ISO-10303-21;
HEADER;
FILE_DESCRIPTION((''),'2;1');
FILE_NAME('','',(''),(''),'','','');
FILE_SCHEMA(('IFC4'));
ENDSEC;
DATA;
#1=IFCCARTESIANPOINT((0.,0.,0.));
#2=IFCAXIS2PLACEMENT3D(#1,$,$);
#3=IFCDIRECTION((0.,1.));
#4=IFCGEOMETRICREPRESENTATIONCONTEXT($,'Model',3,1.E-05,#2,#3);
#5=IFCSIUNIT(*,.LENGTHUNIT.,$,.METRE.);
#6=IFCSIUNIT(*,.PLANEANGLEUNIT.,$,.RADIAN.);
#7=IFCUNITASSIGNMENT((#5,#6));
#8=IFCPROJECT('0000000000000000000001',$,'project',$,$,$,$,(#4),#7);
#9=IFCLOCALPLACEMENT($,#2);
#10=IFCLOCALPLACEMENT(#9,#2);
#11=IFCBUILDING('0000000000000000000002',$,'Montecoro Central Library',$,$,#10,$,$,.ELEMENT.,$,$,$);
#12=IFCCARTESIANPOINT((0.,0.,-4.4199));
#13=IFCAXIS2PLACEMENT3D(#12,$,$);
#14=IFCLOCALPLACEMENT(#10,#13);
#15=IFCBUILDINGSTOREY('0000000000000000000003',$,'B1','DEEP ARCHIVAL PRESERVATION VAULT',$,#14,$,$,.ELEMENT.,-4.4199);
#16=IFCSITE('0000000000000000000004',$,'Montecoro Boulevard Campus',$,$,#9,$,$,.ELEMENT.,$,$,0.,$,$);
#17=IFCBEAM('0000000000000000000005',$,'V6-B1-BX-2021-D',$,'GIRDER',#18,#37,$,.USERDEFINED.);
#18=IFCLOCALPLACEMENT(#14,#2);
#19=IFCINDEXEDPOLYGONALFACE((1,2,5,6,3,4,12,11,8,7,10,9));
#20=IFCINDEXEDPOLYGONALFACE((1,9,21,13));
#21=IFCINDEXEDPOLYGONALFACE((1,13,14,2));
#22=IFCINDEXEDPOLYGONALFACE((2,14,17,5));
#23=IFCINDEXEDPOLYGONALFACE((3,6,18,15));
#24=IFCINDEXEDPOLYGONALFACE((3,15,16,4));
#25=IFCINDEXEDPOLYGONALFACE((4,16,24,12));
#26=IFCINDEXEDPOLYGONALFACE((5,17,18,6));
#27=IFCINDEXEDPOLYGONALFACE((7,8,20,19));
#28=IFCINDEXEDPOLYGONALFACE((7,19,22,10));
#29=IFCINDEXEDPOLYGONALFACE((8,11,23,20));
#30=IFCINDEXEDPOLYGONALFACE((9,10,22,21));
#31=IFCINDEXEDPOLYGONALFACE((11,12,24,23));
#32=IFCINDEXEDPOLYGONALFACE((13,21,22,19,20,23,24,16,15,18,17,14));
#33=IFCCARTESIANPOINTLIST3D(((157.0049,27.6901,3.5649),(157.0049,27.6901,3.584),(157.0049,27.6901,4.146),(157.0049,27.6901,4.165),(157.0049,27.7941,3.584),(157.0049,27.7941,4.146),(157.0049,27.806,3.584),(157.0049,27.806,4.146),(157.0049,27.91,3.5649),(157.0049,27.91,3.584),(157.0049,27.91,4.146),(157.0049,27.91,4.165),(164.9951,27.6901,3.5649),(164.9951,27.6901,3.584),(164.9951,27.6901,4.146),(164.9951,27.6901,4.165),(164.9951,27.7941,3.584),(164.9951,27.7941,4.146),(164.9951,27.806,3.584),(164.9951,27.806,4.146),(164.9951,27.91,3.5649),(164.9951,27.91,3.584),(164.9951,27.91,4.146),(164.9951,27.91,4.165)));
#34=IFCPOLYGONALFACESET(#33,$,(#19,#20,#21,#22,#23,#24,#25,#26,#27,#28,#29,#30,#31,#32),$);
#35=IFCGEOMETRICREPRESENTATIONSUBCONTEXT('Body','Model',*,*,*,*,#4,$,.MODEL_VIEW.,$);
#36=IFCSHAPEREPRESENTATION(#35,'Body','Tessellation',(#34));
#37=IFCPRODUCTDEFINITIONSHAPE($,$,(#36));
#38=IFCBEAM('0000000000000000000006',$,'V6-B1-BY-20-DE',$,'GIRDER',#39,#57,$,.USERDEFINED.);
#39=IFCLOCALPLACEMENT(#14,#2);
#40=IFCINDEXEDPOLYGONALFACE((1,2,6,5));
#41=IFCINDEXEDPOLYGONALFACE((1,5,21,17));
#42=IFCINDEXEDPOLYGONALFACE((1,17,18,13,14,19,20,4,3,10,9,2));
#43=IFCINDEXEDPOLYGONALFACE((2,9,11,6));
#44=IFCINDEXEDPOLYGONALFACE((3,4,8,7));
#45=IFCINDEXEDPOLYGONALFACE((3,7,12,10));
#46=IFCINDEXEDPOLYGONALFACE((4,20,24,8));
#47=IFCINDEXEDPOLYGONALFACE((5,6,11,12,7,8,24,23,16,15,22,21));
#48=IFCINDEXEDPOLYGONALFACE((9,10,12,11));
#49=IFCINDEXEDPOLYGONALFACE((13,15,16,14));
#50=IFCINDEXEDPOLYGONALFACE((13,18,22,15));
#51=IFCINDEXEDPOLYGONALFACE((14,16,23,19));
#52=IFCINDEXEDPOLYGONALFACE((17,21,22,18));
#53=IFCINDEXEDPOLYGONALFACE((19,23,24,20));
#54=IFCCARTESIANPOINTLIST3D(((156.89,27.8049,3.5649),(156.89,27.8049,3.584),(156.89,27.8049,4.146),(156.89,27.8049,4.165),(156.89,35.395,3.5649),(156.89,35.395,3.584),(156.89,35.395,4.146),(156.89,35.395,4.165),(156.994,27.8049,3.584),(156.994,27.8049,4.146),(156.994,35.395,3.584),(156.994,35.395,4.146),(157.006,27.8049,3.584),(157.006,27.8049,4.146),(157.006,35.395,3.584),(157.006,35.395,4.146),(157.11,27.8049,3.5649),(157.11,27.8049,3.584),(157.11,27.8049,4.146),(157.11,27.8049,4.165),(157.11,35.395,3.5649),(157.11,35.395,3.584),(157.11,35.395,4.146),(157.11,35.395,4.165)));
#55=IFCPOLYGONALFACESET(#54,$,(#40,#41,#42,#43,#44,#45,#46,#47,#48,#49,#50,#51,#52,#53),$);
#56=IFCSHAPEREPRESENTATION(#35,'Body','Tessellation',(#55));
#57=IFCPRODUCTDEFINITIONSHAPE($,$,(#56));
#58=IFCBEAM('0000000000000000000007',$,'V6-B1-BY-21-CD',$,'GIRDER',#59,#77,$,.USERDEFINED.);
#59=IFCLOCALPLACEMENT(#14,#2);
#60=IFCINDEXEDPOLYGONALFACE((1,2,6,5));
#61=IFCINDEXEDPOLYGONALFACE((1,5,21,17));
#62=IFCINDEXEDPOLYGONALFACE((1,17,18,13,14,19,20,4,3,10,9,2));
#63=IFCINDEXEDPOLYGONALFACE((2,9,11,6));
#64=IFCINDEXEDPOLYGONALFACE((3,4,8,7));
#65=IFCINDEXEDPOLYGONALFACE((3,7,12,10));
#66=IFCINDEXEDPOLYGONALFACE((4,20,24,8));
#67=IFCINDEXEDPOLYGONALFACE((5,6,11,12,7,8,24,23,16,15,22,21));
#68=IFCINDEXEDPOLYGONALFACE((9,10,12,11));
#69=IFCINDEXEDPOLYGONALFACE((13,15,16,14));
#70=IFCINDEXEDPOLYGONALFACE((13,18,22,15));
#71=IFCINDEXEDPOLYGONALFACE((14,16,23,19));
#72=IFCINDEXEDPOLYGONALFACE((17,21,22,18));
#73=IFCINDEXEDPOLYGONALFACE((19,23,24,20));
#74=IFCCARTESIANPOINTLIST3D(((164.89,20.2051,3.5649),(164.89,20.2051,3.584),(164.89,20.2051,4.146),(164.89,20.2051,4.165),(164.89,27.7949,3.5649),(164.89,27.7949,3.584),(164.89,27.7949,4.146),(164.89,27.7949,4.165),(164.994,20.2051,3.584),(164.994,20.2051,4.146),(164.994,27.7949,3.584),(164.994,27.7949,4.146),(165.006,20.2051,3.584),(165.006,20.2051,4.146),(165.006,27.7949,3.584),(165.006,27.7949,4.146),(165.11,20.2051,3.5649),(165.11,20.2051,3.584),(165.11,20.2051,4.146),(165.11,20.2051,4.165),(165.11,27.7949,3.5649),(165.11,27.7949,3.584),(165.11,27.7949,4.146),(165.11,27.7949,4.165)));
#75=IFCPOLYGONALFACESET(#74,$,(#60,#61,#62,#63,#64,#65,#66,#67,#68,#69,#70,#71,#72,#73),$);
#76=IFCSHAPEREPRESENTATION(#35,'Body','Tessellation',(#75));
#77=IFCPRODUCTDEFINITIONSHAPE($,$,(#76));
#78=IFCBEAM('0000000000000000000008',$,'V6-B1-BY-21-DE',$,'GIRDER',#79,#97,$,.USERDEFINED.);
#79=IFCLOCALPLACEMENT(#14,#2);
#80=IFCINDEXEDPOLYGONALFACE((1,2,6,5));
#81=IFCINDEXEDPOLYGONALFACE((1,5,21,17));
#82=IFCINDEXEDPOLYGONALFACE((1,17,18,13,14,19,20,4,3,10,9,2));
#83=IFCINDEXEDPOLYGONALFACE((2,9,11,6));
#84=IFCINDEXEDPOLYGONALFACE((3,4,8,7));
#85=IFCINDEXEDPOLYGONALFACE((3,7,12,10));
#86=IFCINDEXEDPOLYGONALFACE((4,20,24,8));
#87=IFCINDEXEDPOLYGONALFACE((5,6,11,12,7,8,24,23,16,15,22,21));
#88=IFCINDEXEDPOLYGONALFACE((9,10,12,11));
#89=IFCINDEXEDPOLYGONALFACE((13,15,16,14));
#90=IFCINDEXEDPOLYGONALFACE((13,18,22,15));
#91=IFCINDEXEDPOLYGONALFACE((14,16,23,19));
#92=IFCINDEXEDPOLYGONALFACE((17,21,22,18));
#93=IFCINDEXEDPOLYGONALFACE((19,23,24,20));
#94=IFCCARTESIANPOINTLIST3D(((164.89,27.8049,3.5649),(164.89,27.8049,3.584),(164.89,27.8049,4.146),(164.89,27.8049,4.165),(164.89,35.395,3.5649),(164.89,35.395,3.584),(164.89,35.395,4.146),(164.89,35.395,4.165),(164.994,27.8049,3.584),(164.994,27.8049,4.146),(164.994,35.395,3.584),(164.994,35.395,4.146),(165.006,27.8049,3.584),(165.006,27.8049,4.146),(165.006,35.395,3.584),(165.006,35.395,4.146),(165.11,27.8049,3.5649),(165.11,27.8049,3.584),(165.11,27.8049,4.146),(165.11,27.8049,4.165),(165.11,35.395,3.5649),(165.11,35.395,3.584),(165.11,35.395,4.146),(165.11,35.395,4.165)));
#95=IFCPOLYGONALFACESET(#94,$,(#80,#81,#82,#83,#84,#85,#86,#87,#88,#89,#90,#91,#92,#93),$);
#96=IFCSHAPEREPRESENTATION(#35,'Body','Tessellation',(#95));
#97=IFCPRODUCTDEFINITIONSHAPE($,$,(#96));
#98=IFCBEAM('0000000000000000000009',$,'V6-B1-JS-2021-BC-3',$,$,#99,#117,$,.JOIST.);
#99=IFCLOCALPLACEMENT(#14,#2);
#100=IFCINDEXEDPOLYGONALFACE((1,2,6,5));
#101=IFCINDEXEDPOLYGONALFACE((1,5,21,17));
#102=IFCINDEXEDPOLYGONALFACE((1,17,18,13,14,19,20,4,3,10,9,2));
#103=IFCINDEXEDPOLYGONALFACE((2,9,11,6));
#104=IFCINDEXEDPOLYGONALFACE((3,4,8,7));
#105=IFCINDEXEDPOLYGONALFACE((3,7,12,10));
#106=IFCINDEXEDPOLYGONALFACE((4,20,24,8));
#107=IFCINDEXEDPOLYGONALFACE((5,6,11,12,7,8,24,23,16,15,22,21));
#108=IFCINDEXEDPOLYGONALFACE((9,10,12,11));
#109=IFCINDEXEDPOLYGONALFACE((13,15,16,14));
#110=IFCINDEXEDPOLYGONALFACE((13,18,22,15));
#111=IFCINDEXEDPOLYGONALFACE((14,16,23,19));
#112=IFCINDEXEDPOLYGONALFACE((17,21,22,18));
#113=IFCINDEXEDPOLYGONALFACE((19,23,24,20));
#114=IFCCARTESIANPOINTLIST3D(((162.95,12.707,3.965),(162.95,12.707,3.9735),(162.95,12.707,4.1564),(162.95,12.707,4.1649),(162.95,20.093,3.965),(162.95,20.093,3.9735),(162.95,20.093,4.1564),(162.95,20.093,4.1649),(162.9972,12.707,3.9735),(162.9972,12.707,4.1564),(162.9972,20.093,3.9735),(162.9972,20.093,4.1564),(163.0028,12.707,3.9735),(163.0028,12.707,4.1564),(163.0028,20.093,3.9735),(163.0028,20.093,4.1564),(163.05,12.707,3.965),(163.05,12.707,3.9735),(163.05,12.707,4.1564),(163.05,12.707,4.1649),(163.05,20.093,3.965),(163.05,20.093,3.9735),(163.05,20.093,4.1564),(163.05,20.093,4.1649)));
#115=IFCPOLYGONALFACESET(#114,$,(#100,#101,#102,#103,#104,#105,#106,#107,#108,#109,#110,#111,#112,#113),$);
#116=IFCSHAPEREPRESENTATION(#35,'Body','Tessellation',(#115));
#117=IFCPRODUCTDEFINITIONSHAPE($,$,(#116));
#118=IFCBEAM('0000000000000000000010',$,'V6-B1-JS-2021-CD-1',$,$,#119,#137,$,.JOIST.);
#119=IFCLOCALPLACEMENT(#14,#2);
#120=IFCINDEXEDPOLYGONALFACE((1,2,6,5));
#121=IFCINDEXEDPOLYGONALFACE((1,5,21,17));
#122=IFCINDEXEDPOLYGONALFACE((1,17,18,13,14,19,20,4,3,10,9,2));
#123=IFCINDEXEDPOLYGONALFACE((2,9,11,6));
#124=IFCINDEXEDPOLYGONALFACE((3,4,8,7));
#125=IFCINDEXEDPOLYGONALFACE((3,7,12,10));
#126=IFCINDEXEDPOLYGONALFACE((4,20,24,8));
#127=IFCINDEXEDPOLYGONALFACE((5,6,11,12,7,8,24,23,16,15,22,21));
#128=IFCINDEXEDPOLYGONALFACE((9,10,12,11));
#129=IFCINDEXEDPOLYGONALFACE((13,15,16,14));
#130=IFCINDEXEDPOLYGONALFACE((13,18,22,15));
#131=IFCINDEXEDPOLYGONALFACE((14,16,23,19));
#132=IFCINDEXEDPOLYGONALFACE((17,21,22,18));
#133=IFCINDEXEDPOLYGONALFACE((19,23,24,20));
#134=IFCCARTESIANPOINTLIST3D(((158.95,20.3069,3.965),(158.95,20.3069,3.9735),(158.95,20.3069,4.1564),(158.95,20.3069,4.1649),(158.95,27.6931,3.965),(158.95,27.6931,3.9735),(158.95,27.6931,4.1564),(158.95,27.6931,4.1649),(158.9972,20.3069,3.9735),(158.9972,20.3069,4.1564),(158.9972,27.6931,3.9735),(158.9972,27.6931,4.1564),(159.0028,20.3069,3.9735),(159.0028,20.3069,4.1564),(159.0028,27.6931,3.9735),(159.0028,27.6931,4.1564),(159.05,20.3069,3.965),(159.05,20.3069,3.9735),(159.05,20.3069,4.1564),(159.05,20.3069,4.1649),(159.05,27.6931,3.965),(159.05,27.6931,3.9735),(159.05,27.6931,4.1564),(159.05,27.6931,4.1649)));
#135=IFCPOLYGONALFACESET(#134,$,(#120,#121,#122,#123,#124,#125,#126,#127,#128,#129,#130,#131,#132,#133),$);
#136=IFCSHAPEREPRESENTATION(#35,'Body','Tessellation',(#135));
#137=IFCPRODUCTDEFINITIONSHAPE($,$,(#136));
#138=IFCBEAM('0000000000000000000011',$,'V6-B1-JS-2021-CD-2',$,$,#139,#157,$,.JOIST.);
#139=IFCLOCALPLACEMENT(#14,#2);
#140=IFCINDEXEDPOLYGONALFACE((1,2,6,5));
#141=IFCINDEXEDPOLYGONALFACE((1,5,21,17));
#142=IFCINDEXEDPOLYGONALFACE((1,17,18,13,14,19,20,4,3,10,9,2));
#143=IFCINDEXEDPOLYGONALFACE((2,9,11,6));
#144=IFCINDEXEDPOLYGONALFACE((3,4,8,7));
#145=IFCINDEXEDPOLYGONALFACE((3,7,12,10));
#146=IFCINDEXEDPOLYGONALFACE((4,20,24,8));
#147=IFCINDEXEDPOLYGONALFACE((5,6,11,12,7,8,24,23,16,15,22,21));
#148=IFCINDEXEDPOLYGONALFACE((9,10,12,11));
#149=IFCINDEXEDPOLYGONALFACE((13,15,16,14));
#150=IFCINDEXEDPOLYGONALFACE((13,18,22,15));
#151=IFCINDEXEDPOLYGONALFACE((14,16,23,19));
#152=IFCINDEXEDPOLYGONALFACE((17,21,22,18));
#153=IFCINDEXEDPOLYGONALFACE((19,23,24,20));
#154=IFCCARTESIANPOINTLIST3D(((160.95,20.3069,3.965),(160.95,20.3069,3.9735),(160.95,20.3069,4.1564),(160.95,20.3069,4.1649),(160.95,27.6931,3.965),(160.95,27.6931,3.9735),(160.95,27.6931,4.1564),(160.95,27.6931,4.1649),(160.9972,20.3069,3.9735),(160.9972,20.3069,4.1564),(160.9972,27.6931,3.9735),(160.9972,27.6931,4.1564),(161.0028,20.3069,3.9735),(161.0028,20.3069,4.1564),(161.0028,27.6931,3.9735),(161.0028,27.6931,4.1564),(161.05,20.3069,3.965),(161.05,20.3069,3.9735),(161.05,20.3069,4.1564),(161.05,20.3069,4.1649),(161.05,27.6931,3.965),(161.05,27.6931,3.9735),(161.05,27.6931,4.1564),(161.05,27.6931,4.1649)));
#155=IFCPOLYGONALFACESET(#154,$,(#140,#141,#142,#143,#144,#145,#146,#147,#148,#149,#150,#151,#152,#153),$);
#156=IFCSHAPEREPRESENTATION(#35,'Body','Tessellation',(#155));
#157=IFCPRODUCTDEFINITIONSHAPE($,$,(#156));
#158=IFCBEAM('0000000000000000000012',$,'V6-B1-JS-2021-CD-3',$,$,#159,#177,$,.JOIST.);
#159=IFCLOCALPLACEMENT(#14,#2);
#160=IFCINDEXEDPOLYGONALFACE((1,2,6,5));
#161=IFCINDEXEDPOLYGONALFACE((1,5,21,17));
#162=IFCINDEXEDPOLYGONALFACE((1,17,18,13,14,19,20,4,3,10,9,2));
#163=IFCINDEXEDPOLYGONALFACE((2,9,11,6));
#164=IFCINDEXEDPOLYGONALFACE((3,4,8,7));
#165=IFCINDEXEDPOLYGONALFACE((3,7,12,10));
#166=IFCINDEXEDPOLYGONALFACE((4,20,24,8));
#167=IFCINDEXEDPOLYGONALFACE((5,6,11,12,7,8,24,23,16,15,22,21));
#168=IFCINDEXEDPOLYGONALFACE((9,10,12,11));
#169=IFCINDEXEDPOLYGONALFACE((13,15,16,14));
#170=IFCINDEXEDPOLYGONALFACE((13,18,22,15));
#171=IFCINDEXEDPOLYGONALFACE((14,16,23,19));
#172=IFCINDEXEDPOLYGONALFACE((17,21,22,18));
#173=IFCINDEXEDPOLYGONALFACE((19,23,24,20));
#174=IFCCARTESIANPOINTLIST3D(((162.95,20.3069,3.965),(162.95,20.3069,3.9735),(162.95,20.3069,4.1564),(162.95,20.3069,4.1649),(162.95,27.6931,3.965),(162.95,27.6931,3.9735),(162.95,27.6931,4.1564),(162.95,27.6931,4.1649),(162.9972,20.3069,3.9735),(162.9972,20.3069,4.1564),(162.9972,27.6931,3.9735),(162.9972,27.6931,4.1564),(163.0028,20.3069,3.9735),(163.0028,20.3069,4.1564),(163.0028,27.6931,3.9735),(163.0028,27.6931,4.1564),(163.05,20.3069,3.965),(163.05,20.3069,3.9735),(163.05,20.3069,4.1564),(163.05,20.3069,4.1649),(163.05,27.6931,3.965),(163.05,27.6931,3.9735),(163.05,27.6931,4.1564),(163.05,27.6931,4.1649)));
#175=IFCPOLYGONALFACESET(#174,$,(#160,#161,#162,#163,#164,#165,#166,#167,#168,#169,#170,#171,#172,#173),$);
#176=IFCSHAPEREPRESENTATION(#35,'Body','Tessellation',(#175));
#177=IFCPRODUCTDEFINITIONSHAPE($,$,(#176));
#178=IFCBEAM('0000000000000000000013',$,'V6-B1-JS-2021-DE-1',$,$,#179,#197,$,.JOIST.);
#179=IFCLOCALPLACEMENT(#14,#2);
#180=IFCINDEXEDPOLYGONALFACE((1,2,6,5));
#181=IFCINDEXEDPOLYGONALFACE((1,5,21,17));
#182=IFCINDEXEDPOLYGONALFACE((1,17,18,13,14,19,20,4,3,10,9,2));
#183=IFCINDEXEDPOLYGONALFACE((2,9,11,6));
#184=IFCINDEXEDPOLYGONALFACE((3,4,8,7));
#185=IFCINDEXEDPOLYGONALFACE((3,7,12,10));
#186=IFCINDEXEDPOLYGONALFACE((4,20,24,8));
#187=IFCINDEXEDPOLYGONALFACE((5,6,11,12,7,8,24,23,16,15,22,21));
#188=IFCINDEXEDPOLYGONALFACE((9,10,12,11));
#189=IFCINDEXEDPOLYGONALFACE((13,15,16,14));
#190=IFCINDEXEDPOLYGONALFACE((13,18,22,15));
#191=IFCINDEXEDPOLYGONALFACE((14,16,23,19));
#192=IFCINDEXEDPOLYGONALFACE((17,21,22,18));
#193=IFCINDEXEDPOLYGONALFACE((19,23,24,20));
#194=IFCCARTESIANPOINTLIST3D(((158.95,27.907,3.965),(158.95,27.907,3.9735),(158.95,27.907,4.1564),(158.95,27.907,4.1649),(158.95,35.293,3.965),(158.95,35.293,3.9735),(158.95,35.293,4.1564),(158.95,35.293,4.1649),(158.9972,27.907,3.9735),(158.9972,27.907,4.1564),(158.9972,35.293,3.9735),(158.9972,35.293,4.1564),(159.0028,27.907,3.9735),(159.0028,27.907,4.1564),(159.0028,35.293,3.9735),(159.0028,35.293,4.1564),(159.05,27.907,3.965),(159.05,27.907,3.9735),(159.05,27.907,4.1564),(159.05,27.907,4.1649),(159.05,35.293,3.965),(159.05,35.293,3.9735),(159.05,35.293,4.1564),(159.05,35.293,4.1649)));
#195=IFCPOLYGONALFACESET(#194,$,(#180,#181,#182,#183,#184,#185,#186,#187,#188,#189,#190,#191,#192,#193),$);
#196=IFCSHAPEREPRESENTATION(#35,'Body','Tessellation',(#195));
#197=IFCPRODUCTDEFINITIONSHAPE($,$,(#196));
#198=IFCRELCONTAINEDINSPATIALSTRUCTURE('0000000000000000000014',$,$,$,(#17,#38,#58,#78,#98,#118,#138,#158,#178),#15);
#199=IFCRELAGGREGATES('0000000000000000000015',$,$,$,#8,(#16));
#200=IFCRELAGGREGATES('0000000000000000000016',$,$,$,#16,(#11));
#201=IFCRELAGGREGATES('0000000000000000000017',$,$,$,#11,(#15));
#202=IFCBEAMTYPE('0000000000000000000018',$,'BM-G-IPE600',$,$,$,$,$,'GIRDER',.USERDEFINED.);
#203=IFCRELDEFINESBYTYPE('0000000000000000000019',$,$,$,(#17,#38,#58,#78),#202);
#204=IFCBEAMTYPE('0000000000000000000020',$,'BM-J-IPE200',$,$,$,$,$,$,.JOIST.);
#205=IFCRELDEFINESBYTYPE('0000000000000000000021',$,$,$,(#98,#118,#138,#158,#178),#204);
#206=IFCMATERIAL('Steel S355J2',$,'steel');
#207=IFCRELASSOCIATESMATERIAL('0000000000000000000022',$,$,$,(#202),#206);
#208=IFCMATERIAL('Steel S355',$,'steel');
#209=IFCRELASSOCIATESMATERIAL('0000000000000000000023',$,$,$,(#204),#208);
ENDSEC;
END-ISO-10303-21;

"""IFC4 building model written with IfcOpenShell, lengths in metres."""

from ifc_helpers import new_model, si_unit, direction, frame, origin, origin_2d, place, context, subcontext, project, spatial, i_section, extrude, material, material_profile, profile_set, type_object, element, save


model = new_model("IFC4")

# Units and contexts
model_context = context("Model", 3, precision=1e-05, world=origin(), true_north=direction((0.0, 1.0)))
body_context = subcontext(model_context, "Body", "Model", "MODEL_VIEW")
ifc_project = project(units=[si_unit("LENGTHUNIT", "METRE"), si_unit("PLANEANGLEUNIT", "RADIAN")], contexts=[model_context])

# Site, building, storey
site_placement = place(None, origin())
site = spatial("IfcSite", under=ifc_project, at=site_placement, Name="Montecoro Boulevard Campus", CompositionType="ELEMENT", RefElevation=0.0)
building_placement = place(site_placement, origin())
building = spatial("IfcBuilding", under=site, at=building_placement, Name="Montecoro Central Library", CompositionType="ELEMENT")
storey_placement = place(building_placement, frame((0.0, 0.0, -4.4199)))
storey = spatial("IfcBuildingStorey", under=building, at=storey_placement, Name="B1", Description="DEEP ARCHIVAL PRESERVATION VAULT", CompositionType="ELEMENT", Elevation=-4.4199)

# Shared definitions
ifc_material_1 = material(Name="Steel S355J2", Category="steel")

# Beams
ifc_material_profile_1 = material_profile(ifc_material_1, i_section(OverallWidth=0.22, OverallDepth=0.6001, WebThickness=0.012, FlangeThickness=0.019, at=origin_2d()), Name="IPE 600")
ifc_profile_set_1 = profile_set([ifc_material_profile_1], Name="Steel S355J2")
beam_type_1 = type_object("IfcBeamType", Name="BM-G-IPE600", ElementType="GIRDER", PredefinedType="USERDEFINED", material=ifc_profile_set_1)
for number, where, z_axis, x_axis, name in (
    (1, (157.0049, 27.8, 3.865), (1.0, 0.0, 0.0), (0.0, 1.0, 0.0), "V6-B1-BX-2021-D"),
):
    element("IfcBeam", number, at=place(storey_placement, frame(where, z_axis=z_axis, x_axis=x_axis)), inside=storey, type_object=beam_type_1, Name=name, ObjectType="GIRDER", PredefinedType="USERDEFINED", context=body_context, shape_type="SweptSolid", body=[
        extrude(i_section(OverallWidth=0.22, OverallDepth=0.6001, WebThickness=0.012, FlangeThickness=0.019, at=origin_2d()), origin(), (0.0, 0.0, 1.0), 7.9902),
    ])
beam_1_placement = place(storey_placement, frame((157.0, 27.8049, 3.865), z_axis=(0.0, 1.0, 0.0), x_axis=(-1.0, 0.0, 0.0)))
element("IfcBeam", 2, at=beam_1_placement, inside=storey, type_object=beam_type_1, Name="V6-B1-BY-20-DE", ObjectType="GIRDER", PredefinedType="USERDEFINED", context=body_context, shape_type="SweptSolid", body=[
    extrude(i_section(OverallWidth=0.22, OverallDepth=0.6001, WebThickness=0.012, FlangeThickness=0.019, at=origin_2d()), origin(), (0.0, 0.0, 1.0), 7.5901),
])
beam_2_placement = place(storey_placement, frame((165.0, 20.2051, 3.865), z_axis=(0.0, 1.0, 0.0), x_axis=(-1.0, 0.0, 0.0)))
element("IfcBeam", 3, at=beam_2_placement, inside=storey, type_object=beam_type_1, Name="V6-B1-BY-21-CD", ObjectType="GIRDER", PredefinedType="USERDEFINED", context=body_context, shape_type="SweptSolid", body=[
    extrude(i_section(OverallWidth=0.22, OverallDepth=0.6001, WebThickness=0.012, FlangeThickness=0.019, at=origin_2d()), origin(), (0.0, 0.0, 1.0), 7.5898),
])
beam_3_placement = place(storey_placement, frame((165.0, 27.8049, 3.865), z_axis=(0.0, 1.0, 0.0), x_axis=(-1.0, 0.0, 0.0)))
element("IfcBeam", 4, at=beam_3_placement, inside=storey, type_object=beam_type_1, Name="V6-B1-BY-21-DE", ObjectType="GIRDER", PredefinedType="USERDEFINED", context=body_context, shape_type="SweptSolid", body=[
    extrude(i_section(OverallWidth=0.22, OverallDepth=0.6001, WebThickness=0.012, FlangeThickness=0.019, at=origin_2d()), origin(), (0.0, 0.0, 1.0), 7.5901),
])
ifc_material_2 = material(Name="Steel S355", Category="steel")
ifc_material_profile_2 = material_profile(ifc_material_2, i_section(OverallWidth=0.1001, OverallDepth=0.2, WebThickness=0.0056, FlangeThickness=0.0085, at=origin_2d()), Name="IPE 200")
ifc_profile_set_2 = profile_set([ifc_material_profile_2], Name="Steel S355")
beam_type_2 = type_object("IfcBeamType", Name="BM-J-IPE200", PredefinedType="JOIST", material=ifc_profile_set_2)
beam_4_placement = place(storey_placement, frame((163.0, 12.707, 4.0649), z_axis=(0.0, 1.0, 0.0), x_axis=(-1.0, 0.0, 0.0)))
element("IfcBeam", 5, at=beam_4_placement, inside=storey, type_object=beam_type_2, Name="V6-B1-JS-2021-BC-3", PredefinedType="JOIST", context=body_context, shape_type="SweptSolid", body=[
    extrude(i_section(OverallWidth=0.1001, OverallDepth=0.2, WebThickness=0.0056, FlangeThickness=0.0085, at=origin_2d()), origin(), (0.0, 0.0, 1.0), 7.386),
])
for number, where, z_axis, x_axis, name in (
    (6, (159.0, 20.3069, 4.0649), (0.0, 1.0, 0.0), (-1.0, 0.0, 0.0), "V6-B1-JS-2021-CD-1"),
    (7, (161.0, 20.3069, 4.0649), (0.0, 1.0, 0.0), (-1.0, 0.0, 0.0), "V6-B1-JS-2021-CD-2"),
    (8, (163.0, 20.3069, 4.0649), (0.0, 1.0, 0.0), (-1.0, 0.0, 0.0), "V6-B1-JS-2021-CD-3"),
):
    element("IfcBeam", number, at=place(storey_placement, frame(where, z_axis=z_axis, x_axis=x_axis)), inside=storey, type_object=beam_type_2, Name=name, PredefinedType="JOIST", context=body_context, shape_type="SweptSolid", body=[
        extrude(i_section(OverallWidth=0.1001, OverallDepth=0.2, WebThickness=0.0056, FlangeThickness=0.0085, at=origin_2d()), origin(), (0.0, 0.0, 1.0), 7.3862),
    ])
for number, where, z_axis, x_axis, name in (
    (9, (159.0, 27.907, 4.0649), (0.0, 1.0, 0.0), (-1.0, 0.0, 0.0), "V6-B1-JS-2021-DE-1"),
):
    element("IfcBeam", number, at=place(storey_placement, frame(where, z_axis=z_axis, x_axis=x_axis)), inside=storey, type_object=beam_type_2, Name=name, PredefinedType="JOIST", context=body_context, shape_type="SweptSolid", body=[
        extrude(i_section(OverallWidth=0.1001, OverallDepth=0.2, WebThickness=0.0056, FlangeThickness=0.0085, at=origin_2d()), origin(), (0.0, 0.0, 1.0), 7.386),
    ])

save(model, "model.ifc")
